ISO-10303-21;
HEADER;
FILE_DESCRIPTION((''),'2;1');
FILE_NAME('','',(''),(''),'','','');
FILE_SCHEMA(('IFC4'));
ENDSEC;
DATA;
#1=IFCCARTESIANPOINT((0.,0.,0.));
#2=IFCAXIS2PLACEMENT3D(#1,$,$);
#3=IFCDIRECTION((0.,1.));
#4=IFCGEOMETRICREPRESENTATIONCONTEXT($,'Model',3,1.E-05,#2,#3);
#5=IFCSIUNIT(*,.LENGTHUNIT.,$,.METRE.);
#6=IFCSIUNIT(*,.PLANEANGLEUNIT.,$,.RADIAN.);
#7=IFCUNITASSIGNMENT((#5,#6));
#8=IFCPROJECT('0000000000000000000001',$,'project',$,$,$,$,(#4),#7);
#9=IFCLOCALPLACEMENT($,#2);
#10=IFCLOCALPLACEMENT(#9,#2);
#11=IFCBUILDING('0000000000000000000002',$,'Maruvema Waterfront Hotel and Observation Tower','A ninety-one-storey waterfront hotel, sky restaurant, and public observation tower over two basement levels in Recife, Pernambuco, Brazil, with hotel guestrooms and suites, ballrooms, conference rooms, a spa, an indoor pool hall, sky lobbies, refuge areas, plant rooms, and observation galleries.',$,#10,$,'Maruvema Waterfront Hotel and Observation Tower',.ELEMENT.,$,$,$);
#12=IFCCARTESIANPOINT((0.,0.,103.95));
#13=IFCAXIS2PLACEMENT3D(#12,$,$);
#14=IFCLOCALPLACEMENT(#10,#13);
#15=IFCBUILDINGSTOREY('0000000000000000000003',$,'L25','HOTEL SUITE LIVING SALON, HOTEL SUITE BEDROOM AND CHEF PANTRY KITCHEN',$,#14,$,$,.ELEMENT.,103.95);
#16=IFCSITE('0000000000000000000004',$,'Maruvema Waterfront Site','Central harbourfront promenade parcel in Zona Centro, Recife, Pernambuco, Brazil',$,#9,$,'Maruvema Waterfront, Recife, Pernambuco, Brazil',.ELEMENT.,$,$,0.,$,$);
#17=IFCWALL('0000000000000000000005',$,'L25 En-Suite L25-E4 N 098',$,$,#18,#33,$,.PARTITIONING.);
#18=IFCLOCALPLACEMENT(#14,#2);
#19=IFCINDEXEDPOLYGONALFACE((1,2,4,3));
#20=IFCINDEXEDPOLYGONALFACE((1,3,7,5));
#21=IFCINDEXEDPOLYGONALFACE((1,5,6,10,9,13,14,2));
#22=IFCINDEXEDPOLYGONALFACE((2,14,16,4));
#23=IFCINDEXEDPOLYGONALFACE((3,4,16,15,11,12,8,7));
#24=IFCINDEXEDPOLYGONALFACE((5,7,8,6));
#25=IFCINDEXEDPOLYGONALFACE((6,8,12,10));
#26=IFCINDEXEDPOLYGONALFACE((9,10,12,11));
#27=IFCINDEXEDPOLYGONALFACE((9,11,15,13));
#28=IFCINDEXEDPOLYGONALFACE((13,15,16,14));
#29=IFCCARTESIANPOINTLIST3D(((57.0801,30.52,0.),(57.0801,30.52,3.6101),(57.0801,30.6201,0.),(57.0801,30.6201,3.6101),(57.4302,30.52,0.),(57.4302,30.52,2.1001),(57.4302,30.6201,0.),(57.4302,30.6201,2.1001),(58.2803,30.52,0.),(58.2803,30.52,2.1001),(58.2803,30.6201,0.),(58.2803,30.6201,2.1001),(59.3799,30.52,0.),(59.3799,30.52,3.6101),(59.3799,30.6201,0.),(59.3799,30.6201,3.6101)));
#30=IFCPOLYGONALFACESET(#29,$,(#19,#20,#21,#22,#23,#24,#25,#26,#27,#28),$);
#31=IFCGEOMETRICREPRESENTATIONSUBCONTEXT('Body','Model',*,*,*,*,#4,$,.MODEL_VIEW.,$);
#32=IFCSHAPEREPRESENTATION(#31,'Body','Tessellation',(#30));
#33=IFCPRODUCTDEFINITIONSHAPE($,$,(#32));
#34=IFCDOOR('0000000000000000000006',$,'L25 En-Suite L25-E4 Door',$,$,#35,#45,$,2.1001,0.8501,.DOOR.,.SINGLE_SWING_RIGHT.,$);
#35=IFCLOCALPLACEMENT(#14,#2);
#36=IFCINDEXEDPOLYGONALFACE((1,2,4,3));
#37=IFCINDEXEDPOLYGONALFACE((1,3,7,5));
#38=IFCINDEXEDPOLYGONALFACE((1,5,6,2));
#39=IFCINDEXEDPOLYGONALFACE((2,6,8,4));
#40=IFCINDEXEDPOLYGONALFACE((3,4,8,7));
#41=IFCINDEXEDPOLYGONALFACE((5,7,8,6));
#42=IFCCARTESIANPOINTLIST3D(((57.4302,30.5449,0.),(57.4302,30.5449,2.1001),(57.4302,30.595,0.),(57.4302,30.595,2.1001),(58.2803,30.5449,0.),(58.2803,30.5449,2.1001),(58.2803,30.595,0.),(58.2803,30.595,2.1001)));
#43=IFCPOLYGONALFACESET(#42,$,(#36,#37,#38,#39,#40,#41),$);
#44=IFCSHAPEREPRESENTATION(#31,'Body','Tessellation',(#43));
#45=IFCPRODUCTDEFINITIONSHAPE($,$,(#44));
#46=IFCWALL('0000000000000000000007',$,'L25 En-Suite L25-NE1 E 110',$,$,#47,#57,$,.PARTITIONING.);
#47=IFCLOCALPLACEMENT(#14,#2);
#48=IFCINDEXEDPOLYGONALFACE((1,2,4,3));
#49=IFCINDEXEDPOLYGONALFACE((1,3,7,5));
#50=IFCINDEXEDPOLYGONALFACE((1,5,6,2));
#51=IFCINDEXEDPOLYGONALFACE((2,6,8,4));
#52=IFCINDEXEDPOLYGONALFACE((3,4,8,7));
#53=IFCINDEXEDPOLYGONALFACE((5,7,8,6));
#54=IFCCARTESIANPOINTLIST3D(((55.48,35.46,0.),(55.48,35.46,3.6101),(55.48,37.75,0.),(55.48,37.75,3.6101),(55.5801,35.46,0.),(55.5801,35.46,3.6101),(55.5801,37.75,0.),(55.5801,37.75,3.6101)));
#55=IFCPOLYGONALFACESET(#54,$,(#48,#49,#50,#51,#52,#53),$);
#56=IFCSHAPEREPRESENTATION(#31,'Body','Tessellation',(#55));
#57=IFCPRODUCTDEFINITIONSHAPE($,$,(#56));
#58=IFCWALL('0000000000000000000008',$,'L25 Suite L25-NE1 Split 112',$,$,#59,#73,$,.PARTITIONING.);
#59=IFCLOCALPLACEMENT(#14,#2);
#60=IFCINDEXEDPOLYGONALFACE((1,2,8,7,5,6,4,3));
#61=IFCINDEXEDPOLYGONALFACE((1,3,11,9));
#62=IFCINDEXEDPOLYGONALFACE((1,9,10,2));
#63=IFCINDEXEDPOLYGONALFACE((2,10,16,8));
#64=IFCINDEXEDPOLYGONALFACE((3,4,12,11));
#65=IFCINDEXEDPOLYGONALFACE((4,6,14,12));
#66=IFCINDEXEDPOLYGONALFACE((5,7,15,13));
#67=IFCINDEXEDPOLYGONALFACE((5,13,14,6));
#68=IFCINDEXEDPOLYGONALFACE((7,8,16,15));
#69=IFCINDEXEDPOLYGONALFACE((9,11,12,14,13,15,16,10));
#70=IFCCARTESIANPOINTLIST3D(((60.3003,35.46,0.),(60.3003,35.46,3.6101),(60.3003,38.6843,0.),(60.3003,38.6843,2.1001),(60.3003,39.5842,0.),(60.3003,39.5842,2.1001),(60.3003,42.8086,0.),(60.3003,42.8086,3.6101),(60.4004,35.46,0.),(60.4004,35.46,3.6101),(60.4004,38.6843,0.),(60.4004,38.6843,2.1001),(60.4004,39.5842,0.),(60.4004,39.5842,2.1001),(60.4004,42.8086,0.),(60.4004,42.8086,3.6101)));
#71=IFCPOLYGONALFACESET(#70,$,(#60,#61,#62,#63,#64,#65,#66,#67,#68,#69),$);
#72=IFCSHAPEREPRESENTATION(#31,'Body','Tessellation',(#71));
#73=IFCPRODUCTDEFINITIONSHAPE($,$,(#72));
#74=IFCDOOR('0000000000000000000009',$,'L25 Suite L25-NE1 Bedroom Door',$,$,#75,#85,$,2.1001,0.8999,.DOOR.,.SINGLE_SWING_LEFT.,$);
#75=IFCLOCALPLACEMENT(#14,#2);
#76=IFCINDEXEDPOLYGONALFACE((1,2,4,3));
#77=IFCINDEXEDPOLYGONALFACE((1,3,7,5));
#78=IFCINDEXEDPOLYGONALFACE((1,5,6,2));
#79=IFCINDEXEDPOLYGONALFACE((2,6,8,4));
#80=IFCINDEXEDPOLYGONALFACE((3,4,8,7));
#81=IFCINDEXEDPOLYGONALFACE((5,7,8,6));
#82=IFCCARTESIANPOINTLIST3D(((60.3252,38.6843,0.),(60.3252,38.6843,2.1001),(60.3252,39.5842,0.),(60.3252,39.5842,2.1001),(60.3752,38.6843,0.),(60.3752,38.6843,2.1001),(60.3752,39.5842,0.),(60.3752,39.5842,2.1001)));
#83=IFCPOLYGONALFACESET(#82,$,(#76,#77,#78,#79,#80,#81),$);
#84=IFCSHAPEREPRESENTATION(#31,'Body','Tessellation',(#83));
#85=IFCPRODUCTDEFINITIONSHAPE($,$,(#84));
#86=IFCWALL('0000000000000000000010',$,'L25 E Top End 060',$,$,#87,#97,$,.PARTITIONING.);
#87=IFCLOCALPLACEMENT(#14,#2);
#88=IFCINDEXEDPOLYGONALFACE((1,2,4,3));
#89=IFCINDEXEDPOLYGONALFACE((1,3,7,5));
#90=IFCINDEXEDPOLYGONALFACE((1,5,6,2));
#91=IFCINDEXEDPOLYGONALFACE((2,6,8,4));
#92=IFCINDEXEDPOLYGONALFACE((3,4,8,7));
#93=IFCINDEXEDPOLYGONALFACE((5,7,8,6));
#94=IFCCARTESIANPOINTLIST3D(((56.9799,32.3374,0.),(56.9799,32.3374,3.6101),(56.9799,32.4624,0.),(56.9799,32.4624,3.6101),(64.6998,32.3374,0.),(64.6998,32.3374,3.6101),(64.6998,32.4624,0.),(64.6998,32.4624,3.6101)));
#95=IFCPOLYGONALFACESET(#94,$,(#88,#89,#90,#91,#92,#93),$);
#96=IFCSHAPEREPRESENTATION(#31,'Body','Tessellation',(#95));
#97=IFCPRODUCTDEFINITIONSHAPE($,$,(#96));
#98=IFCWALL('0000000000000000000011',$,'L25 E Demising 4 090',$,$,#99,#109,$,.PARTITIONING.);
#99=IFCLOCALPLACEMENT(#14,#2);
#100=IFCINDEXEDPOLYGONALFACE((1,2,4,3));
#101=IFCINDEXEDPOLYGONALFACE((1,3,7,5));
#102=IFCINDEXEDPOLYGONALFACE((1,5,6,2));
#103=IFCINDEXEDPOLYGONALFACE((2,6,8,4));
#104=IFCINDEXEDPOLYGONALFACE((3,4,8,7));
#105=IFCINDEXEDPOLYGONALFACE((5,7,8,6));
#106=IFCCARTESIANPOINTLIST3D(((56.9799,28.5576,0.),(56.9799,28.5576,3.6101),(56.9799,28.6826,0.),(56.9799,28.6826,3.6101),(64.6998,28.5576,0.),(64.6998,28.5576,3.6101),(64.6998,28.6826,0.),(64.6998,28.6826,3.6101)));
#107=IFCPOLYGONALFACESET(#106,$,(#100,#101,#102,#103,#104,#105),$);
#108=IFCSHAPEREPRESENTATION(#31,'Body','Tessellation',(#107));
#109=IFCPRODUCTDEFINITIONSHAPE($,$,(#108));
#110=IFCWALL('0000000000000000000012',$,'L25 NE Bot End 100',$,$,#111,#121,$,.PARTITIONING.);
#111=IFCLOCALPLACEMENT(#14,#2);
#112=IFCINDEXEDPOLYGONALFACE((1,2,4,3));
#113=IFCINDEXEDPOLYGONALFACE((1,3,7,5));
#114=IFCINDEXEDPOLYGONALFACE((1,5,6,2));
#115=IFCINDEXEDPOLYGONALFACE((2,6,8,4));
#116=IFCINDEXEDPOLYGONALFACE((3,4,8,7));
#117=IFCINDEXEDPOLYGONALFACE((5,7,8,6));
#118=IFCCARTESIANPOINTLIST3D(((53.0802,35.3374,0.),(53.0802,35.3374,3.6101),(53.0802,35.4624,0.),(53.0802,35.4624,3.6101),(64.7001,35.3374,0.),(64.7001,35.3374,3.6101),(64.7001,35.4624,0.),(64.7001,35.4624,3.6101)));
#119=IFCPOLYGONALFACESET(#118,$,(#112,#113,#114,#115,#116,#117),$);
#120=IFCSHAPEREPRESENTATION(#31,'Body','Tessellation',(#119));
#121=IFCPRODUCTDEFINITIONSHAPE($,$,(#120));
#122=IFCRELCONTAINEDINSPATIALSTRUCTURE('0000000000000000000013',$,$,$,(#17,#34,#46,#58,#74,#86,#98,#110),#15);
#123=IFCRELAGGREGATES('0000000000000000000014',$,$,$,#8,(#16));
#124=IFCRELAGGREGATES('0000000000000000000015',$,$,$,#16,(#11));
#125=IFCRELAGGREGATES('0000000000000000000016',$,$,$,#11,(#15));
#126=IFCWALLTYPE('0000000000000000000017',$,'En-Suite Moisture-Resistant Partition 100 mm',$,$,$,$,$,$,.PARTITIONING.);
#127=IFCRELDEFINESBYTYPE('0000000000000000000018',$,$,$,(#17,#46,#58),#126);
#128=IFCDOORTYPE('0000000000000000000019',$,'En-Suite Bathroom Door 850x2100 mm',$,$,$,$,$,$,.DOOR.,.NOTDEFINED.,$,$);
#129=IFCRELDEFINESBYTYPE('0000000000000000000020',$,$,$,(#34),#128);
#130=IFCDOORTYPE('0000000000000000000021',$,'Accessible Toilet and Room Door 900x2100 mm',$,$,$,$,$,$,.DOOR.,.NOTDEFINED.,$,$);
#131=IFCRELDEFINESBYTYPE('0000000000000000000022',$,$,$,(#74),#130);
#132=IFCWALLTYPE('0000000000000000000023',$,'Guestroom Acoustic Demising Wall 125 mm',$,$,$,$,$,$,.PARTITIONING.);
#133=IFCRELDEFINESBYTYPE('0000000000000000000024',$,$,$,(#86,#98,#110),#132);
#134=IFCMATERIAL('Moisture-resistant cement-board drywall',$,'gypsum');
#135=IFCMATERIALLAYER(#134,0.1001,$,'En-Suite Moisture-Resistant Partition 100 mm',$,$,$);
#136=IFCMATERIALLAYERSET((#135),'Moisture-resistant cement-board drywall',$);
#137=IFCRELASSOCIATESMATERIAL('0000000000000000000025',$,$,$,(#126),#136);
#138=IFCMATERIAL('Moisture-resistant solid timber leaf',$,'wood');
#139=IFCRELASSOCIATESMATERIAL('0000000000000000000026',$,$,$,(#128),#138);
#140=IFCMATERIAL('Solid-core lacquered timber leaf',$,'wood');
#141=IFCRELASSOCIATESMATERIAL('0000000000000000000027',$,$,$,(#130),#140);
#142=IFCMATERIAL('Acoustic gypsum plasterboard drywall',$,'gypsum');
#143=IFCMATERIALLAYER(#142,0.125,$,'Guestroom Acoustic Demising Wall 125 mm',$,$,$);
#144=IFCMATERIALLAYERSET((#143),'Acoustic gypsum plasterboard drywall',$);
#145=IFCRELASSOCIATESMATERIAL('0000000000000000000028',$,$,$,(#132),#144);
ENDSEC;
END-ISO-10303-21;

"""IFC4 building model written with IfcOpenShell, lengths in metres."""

from ifc_helpers import new_model, si_unit, direction, frame, frame_2d, origin, place, context, subcontext, project, spatial, rectangle, extrude, material, layer, layer_set, type_object, element, fill, save


model = new_model("IFC4")

# Units and contexts
model_context = context("Model", 3, precision=1e-05, world=origin(), true_north=direction((0.0, 1.0)))
body_context = subcontext(model_context, "Body", "Model", "MODEL_VIEW")
ifc_project = project(units=[si_unit("LENGTHUNIT", "METRE"), si_unit("PLANEANGLEUNIT", "RADIAN")], contexts=[model_context])

# Site, building, storey
site_placement = place(None, origin())
site = spatial("IfcSite", under=ifc_project, at=site_placement, Name="Maruvema Waterfront Site", Description="Central harbourfront promenade parcel in Zona Centro, Recife, Pernambuco, Brazil", LongName="Maruvema Waterfront, Recife, Pernambuco, Brazil", CompositionType="ELEMENT", RefElevation=0.0)
building_placement = place(site_placement, origin())
building = spatial("IfcBuilding", under=site, at=building_placement, Name="Maruvema Waterfront Hotel and Observation Tower", Description="A ninety-one-storey waterfront hotel, sky restaurant, and public observation tower over two basement levels in Recife, Pernambuco, Brazil, with hotel guestrooms and suites, ballrooms, conference rooms, a spa, an indoor pool hall, sky lobbies, refuge areas, plant rooms, and observation galleries.", LongName="Maruvema Waterfront Hotel and Observation Tower", CompositionType="ELEMENT")
storey_placement = place(building_placement, frame((0.0, 0.0, 103.95)))
storey = spatial("IfcBuildingStorey", under=building, at=storey_placement, Name="L25", Description="HOTEL SUITE LIVING SALON, HOTEL SUITE BEDROOM AND CHEF PANTRY KITCHEN", CompositionType="ELEMENT", Elevation=103.95)

# Shared definitions
ifc_material_1 = material(Name="Moisture-resistant cement-board drywall", Category="gypsum")
ifc_layer_1 = layer(ifc_material_1, 0.1001, Name="En-Suite Moisture-Resistant Partition 100 mm")
ifc_layer_set_1 = layer_set([ifc_layer_1], Name="Moisture-resistant cement-board drywall")
wall_type_1 = type_object("IfcWallType", Name="En-Suite Moisture-Resistant Partition 100 mm", PredefinedType="PARTITIONING", material=ifc_layer_set_1)

# Wall, opening, door
wall_1_placement = place(storey_placement, frame((57.0801, 30.5701, 0.0), z_axis=(0.0, 0.0, 1.0), x_axis=(1.0, 0.0, 0.0)))
wall_1 = element("IfcWall", 1, at=wall_1_placement, inside=storey, type_object=wall_type_1, Name="L25 En-Suite L25-E4 N 098", PredefinedType="PARTITIONING", context=body_context, shape_type="SweptSolid", body=[
    extrude(rectangle(XDim=2.2998, YDim=0.1001, at=frame_2d((1.1499, 0.0))), origin(), (0.0, 0.0, 1.0), 3.6101),
])
opening_1_placement = place(wall_1_placement, frame((0.3501, 0.0, 0.0)))
opening_1 = element("IfcOpeningElement", 2, at=opening_1_placement, cuts=wall_1, PredefinedType="OPENING", context=body_context, shape_type="SweptSolid", body=[
    extrude(rectangle(XDim=0.8501, YDim=2.1001, at=frame_2d((0.425, 1.05))), frame((0.0, 0.0601, 0.0), z_axis=(0.0, -1.0, 0.0), x_axis=(1.0, 0.0, 0.0)), (0.0, 0.0, 1.0), 0.1201),
])
ifc_material_2 = material(Name="Moisture-resistant solid timber leaf", Category="wood")
door_type_1 = type_object("IfcDoorType", Name="En-Suite Bathroom Door 850x2100 mm", OperationType="NOTDEFINED", PredefinedType="DOOR", material=ifc_material_2)
door_1_placement = place(opening_1_placement, origin())
door_1 = element("IfcDoor", 3, at=door_1_placement, inside=storey, type_object=door_type_1, Name="L25 En-Suite L25-E4 Door", OperationType="SINGLE_SWING_RIGHT", OverallHeight=2.1001, OverallWidth=0.8501, PredefinedType="DOOR", context=body_context, shape_type="SweptSolid", body=[
    extrude(rectangle(XDim=0.8501, YDim=2.1001, at=frame_2d((0.425, 1.05))), frame((0.0, 0.0249, 0.0), z_axis=(0.0, -1.0, 0.0), x_axis=(1.0, 0.0, 0.0)), (0.0, 0.0, 1.0), 0.05),
])
fill(opening_1, door_1)

# Wall
wall_2_placement = place(storey_placement, frame((55.53, 35.46, 0.0), z_axis=(0.0, 0.0, 1.0), x_axis=(0.0, 1.0, 0.0)))
element("IfcWall", 4, at=wall_2_placement, inside=storey, type_object=wall_type_1, Name="L25 En-Suite L25-NE1 E 110", PredefinedType="PARTITIONING", context=body_context, shape_type="SweptSolid", body=[
    extrude(rectangle(XDim=2.29, YDim=0.1001, at=frame_2d((1.145, 0.0))), origin(), (0.0, 0.0, 1.0), 3.6101),
])

# Wall, opening, door
wall_3_placement = place(storey_placement, frame((60.3503, 35.46, 0.0), z_axis=(0.0, 0.0, 1.0), x_axis=(0.0, 1.0, 0.0)))
wall_3 = element("IfcWall", 5, at=wall_3_placement, inside=storey, type_object=wall_type_1, Name="L25 Suite L25-NE1 Split 112", PredefinedType="PARTITIONING", context=body_context, shape_type="SweptSolid", body=[
    extrude(rectangle(XDim=7.3486, YDim=0.1001, at=frame_2d((3.6743, 0.0))), origin(), (0.0, 0.0, 1.0), 3.6101),
])
opening_2_placement = place(wall_3_placement, frame((3.2244, 0.0, 0.0)))
opening_2 = element("IfcOpeningElement", 6, at=opening_2_placement, cuts=wall_3, PredefinedType="OPENING", context=body_context, shape_type="SweptSolid", body=[
    extrude(rectangle(XDim=0.8999, YDim=2.1001, at=frame_2d((0.45, 1.05))), frame((0.0, 0.0601, 0.0), z_axis=(0.0, -1.0, 0.0), x_axis=(1.0, 0.0, 0.0)), (0.0, 0.0, 1.0), 0.1201),
])
ifc_material_3 = material(Name="Solid-core lacquered timber leaf", Category="wood")
door_type_2 = type_object("IfcDoorType", Name="Accessible Toilet and Room Door 900x2100 mm", OperationType="NOTDEFINED", PredefinedType="DOOR", material=ifc_material_3)
door_2_placement = place(opening_2_placement, frame((0.8999, 0.0, 0.0), z_axis=(0.0, 0.0, 1.0), x_axis=(-1.0, 0.0, 0.0)))
door_2 = element("IfcDoor", 7, at=door_2_placement, inside=storey, type_object=door_type_2, Name="L25 Suite L25-NE1 Bedroom Door", OperationType="SINGLE_SWING_LEFT", OverallHeight=2.1001, OverallWidth=0.8999, PredefinedType="DOOR", context=body_context, shape_type="SweptSolid", body=[
    extrude(rectangle(XDim=0.8999, YDim=2.1001, at=frame_2d((0.45, 1.05))), frame((0.0, 0.0249, 0.0), z_axis=(0.0, -1.0, 0.0), x_axis=(1.0, 0.0, 0.0)), (0.0, 0.0, 1.0), 0.05),
])
fill(opening_2, door_2)

# Walls
ifc_material_4 = material(Name="Acoustic gypsum plasterboard drywall", Category="gypsum")
ifc_layer_2 = layer(ifc_material_4, 0.125, Name="Guestroom Acoustic Demising Wall 125 mm")
ifc_layer_set_2 = layer_set([ifc_layer_2], Name="Acoustic gypsum plasterboard drywall")
wall_type_2 = type_object("IfcWallType", Name="Guestroom Acoustic Demising Wall 125 mm", PredefinedType="PARTITIONING", material=ifc_layer_set_2)
for number, where, z_axis, x_axis, name in (
    (8, (56.98, 32.3999, 0.0), (0.0, 0.0, 1.0), (1.0, 0.0, 0.0), "L25 E Top End 060"),
    (9, (56.98, 28.6201, 0.0), (0.0, 0.0, 1.0), (1.0, 0.0, 0.0), "L25 E Demising 4 090"),
):
    element("IfcWall", number, at=place(storey_placement, frame(where, z_axis=z_axis, x_axis=x_axis)), inside=storey, type_object=wall_type_2, Name=name, PredefinedType="PARTITIONING", context=body_context, shape_type="SweptSolid", body=[
        extrude(rectangle(XDim=7.72, YDim=0.125, at=frame_2d((3.8599, 0.0))), origin(), (0.0, 0.0, 1.0), 3.6101),
    ])
wall_4_placement = place(storey_placement, frame((53.0801, 35.3999, 0.0), z_axis=(0.0, 0.0, 1.0), x_axis=(1.0, 0.0, 0.0)))
element("IfcWall", 10, at=wall_4_placement, inside=storey, type_object=wall_type_2, Name="L25 NE Bot End 100", PredefinedType="PARTITIONING", context=body_context, shape_type="SweptSolid", body=[
    extrude(rectangle(XDim=11.6199, YDim=0.125, at=frame_2d((5.8101, 0.0))), origin(), (0.0, 0.0, 1.0), 3.6101),
])

save(model, "model.ifc")
